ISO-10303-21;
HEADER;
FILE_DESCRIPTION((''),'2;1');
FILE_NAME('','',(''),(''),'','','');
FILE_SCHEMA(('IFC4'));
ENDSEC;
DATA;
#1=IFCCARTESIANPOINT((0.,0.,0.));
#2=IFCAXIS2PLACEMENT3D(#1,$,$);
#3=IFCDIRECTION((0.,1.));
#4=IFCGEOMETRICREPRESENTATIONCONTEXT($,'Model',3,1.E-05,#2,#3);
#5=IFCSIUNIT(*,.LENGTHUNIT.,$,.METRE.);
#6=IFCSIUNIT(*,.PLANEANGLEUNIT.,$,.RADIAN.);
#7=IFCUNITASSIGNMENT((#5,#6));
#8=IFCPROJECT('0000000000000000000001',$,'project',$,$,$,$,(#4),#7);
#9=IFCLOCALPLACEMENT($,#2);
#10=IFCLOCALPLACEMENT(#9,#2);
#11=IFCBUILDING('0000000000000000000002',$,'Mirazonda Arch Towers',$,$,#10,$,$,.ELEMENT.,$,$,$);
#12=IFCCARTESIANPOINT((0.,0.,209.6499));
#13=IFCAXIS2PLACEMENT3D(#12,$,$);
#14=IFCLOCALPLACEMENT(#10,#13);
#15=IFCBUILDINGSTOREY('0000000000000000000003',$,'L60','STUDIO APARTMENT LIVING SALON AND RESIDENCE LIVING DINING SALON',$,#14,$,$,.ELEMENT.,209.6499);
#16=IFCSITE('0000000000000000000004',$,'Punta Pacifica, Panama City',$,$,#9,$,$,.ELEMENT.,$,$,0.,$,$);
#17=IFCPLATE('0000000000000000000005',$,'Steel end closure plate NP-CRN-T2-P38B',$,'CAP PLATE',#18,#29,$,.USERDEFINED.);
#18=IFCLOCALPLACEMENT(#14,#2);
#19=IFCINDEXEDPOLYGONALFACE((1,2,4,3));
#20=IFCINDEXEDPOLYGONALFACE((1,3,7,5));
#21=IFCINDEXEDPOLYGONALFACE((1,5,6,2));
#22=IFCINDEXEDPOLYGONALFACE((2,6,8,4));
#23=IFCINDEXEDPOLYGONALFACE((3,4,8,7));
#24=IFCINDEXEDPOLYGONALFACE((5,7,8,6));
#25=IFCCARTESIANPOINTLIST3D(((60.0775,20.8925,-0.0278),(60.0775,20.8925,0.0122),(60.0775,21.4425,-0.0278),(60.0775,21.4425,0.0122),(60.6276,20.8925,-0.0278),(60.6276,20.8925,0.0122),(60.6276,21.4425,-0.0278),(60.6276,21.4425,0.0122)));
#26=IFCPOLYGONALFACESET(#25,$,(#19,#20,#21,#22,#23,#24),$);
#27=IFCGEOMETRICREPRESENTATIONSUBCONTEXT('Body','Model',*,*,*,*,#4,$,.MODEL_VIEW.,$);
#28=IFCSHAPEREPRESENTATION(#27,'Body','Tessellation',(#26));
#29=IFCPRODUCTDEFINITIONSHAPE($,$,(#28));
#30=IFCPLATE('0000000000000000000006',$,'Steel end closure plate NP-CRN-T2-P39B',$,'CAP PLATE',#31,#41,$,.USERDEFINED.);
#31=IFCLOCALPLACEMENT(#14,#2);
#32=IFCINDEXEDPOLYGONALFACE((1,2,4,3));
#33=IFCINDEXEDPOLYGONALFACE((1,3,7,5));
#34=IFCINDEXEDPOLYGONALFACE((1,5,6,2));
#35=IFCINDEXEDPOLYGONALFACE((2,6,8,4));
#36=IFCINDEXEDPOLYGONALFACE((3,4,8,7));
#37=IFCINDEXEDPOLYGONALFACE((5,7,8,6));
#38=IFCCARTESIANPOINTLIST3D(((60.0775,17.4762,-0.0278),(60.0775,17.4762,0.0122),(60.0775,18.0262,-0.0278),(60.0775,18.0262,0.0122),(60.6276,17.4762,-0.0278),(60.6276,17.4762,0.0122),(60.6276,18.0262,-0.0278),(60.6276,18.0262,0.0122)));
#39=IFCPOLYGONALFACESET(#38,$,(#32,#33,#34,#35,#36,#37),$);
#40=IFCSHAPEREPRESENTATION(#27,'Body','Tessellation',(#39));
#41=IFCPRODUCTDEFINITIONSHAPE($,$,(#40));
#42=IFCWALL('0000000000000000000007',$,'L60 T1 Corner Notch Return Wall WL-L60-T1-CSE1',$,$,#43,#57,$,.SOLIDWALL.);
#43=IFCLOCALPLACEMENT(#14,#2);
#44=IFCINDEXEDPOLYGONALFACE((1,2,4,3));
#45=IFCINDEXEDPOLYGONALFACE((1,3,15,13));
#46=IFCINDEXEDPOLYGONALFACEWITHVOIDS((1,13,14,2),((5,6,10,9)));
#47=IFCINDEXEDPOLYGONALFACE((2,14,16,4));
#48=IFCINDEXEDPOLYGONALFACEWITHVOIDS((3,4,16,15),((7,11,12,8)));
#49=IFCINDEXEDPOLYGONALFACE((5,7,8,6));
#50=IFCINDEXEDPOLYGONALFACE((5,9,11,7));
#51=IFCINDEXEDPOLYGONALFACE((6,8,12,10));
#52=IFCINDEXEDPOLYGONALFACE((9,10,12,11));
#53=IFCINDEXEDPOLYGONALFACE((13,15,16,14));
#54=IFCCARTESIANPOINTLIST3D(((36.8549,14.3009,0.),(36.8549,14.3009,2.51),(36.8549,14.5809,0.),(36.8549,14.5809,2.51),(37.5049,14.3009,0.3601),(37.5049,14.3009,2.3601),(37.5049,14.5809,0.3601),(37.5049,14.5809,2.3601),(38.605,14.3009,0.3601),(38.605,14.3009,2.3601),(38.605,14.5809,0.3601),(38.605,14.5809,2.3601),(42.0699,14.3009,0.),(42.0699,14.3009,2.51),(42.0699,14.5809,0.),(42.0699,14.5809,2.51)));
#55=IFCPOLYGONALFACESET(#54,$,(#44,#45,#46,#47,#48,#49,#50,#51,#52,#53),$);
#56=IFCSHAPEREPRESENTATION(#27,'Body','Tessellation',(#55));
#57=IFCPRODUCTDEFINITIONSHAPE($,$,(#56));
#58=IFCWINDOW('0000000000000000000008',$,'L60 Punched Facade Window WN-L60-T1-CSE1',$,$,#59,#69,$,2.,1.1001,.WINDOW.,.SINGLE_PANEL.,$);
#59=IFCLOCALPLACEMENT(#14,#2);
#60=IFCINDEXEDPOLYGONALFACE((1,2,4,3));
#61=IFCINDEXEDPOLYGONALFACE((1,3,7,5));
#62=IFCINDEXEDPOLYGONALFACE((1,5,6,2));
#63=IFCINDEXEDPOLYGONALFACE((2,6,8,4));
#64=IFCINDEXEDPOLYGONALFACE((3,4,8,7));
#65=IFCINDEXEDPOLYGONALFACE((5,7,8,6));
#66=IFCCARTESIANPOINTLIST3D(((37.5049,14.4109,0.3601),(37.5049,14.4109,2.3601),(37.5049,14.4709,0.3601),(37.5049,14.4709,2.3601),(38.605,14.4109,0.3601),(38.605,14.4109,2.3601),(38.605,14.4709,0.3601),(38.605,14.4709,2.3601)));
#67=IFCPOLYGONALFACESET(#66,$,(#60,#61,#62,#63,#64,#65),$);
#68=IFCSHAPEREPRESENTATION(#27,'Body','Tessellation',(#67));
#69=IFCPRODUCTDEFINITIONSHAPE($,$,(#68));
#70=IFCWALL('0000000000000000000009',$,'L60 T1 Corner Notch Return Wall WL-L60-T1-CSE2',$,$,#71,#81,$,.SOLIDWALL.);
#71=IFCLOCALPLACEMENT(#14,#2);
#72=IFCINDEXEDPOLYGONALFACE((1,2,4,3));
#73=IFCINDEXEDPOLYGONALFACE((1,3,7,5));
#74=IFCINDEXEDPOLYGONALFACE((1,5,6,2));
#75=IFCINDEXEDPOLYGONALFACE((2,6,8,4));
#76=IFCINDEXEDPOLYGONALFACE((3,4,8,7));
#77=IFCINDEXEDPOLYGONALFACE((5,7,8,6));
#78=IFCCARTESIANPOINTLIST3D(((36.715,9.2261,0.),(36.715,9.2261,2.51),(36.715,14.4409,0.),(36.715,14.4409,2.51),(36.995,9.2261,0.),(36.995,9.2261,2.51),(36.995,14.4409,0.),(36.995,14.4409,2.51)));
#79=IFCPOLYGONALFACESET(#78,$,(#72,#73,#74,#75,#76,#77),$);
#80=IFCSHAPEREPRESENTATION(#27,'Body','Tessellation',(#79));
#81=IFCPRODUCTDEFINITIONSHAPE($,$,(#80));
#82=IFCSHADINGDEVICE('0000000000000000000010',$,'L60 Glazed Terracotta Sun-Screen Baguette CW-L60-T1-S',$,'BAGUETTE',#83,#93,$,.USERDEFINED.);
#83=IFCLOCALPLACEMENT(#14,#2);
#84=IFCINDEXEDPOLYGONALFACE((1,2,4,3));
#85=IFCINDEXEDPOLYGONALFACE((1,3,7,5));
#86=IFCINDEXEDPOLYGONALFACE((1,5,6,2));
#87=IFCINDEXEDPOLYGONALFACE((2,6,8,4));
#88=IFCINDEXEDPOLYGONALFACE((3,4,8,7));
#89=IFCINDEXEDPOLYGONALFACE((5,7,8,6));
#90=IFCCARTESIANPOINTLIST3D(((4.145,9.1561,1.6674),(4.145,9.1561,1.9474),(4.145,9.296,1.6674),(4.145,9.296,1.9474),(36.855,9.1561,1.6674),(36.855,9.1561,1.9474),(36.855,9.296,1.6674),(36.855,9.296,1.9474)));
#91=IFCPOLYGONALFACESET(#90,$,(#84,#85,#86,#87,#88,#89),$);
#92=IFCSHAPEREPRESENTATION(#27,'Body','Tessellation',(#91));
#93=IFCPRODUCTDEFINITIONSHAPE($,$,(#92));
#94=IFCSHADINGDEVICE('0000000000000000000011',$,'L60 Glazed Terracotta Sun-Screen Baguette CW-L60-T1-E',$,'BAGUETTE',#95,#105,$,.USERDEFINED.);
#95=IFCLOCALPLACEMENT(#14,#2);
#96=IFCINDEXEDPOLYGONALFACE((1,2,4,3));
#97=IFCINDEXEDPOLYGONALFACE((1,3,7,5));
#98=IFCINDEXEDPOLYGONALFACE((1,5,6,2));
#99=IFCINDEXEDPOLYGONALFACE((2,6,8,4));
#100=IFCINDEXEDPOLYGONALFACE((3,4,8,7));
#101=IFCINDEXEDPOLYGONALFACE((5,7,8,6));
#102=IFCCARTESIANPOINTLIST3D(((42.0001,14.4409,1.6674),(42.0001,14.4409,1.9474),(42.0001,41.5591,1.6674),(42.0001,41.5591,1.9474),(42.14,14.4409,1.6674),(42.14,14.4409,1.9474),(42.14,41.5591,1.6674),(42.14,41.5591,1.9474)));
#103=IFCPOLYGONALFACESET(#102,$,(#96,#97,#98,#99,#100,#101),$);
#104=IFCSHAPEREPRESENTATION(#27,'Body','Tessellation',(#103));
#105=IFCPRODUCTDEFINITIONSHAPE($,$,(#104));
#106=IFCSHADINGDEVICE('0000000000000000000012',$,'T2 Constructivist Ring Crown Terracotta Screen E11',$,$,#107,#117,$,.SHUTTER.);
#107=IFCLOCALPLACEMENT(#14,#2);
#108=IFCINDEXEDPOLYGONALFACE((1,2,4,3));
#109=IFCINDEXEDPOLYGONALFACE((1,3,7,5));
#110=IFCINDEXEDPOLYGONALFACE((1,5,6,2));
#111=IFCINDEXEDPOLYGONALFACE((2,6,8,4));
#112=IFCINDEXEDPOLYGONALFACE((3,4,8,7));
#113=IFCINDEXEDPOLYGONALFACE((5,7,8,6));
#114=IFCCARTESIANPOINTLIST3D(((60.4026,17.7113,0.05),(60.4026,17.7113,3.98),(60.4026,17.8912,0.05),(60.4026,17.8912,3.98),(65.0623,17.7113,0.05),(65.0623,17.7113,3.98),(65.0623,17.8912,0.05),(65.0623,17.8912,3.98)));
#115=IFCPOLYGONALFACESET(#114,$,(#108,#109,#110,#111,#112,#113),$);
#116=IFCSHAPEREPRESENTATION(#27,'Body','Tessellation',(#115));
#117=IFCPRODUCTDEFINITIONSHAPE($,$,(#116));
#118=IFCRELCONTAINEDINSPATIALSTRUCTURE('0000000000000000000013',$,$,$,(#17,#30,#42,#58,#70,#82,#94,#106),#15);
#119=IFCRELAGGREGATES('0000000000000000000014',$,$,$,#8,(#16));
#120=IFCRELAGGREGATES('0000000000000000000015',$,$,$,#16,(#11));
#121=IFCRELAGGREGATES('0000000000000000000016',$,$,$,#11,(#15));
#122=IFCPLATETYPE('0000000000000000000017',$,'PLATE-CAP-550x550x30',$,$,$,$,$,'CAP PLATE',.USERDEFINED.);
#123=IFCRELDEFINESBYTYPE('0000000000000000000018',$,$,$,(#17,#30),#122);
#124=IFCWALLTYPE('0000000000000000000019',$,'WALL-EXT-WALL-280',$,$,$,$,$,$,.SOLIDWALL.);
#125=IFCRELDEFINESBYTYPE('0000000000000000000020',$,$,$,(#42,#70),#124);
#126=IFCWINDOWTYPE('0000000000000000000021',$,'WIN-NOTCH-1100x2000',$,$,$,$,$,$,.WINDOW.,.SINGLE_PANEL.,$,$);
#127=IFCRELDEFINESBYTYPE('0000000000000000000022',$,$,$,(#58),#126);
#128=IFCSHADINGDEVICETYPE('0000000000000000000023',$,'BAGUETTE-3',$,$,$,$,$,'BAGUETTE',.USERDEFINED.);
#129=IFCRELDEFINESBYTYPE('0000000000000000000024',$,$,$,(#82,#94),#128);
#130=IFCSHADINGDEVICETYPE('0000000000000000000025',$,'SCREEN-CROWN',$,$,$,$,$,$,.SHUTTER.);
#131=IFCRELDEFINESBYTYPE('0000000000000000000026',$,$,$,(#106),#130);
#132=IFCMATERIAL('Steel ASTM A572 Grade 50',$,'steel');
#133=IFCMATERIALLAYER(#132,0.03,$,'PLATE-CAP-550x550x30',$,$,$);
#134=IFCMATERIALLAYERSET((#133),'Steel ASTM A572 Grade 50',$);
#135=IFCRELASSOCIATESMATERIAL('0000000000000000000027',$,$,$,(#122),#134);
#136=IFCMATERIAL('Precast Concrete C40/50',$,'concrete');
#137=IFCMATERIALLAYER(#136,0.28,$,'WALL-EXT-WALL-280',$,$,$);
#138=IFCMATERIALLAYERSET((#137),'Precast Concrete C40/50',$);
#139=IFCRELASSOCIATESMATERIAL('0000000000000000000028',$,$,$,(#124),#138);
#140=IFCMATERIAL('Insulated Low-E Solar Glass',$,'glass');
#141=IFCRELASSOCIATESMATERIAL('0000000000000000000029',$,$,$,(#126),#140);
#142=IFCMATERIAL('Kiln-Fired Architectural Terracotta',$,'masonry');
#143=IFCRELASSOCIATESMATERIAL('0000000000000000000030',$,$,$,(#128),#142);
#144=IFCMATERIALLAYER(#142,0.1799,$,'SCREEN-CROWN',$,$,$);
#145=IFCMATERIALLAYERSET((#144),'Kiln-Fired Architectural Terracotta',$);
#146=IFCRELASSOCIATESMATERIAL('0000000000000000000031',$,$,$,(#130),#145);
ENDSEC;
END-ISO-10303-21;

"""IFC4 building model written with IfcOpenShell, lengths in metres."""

from ifc_helpers import new_model, si_unit, direction, frame, frame_2d, origin, origin_2d, place, context, subcontext, project, spatial, rectangle, extrude, material, layer, layer_set, material_profile, profile_set, type_object, element, fill, save


model = new_model("IFC4")

# Units and contexts
model_context = context("Model", 3, precision=1e-05, world=origin(), true_north=direction((0.0, 1.0)))
body_context = subcontext(model_context, "Body", "Model", "MODEL_VIEW")
ifc_project = project(units=[si_unit("LENGTHUNIT", "METRE"), si_unit("PLANEANGLEUNIT", "RADIAN")], contexts=[model_context])

# Site, building, storey
site_placement = place(None, origin())
site = spatial("IfcSite", under=ifc_project, at=site_placement, Name="Punta Pacifica, Panama City", CompositionType="ELEMENT", RefElevation=0.0)
building_placement = place(site_placement, origin())
building = spatial("IfcBuilding", under=site, at=building_placement, Name="Mirazonda Arch Towers", CompositionType="ELEMENT")
storey_placement = place(building_placement, frame((0.0, 0.0, 209.6499)))
storey = spatial("IfcBuildingStorey", under=building, at=storey_placement, Name="L60", Description="STUDIO APARTMENT LIVING SALON AND RESIDENCE LIVING DINING SALON", CompositionType="ELEMENT", Elevation=209.6499)

# Shared definitions
ifc_material_1 = material(Name="Steel ASTM A572 Grade 50", Category="steel")

# Shared definitions
ifc_material_2 = material(Name="Insulated Low-E Solar Glass", Category="glass")

# Plates
ifc_layer_1 = layer(ifc_material_1, 0.03, Name="PLATE-CAP-550x550x30")
ifc_layer_set_1 = layer_set([ifc_layer_1], Name="Steel ASTM A572 Grade 50")
plate_type_1 = type_object("IfcPlateType", Name="PLATE-CAP-550x550x30", ElementType="CAP PLATE", PredefinedType="USERDEFINED", material=ifc_layer_set_1)
for number, where, z_axis, x_axis, name in (
    (1, (60.3525, 21.1675, -0.0278), (0.0, 0.0, 1.0), (1.0, 0.0, 0.0), "Steel end closure plate NP-CRN-T2-P38B"),
    (2, (60.3525, 17.7512, -0.0278), (0.0, 0.0, 1.0), (1.0, 0.0, 0.0), "Steel end closure plate NP-CRN-T2-P39B"),
):
    element("IfcPlate", number, at=place(storey_placement, frame(where, z_axis=z_axis, x_axis=x_axis)), inside=storey, type_object=plate_type_1, Name=name, ObjectType="CAP PLATE", PredefinedType="USERDEFINED", context=body_context, shape_type="SweptSolid", body=[
        extrude(rectangle(XDim=0.55, YDim=0.55, at=origin_2d()), origin(), (0.0, 0.0, 1.0), 0.04),
    ])

# Wall, opening, window
ifc_material_3 = material(Name="Precast Concrete C40/50", Category="concrete")
ifc_layer_2 = layer(ifc_material_3, 0.28, Name="WALL-EXT-WALL-280")
ifc_layer_set_2 = layer_set([ifc_layer_2], Name="Precast Concrete C40/50")
wall_type = type_object("IfcWallType", Name="WALL-EXT-WALL-280", PredefinedType="SOLIDWALL", material=ifc_layer_set_2)
wall_1_placement = place(storey_placement, frame((36.855, 14.4409, 0.0), z_axis=(0.0, 0.0, 1.0), x_axis=(1.0, 0.0, 0.0)))
wall_1 = element("IfcWall", 3, at=wall_1_placement, inside=storey, type_object=wall_type, Name="L60 T1 Corner Notch Return Wall WL-L60-T1-CSE1", PredefinedType="SOLIDWALL", context=body_context, shape_type="SweptSolid", body=[
    extrude(rectangle(XDim=5.2151, YDim=0.28, at=frame_2d((2.6074, 0.0))), origin(), (0.0, 0.0, 1.0), 2.51),
])
opening_placement = place(wall_1_placement, frame((0.6499, 0.0, 0.3601)))
opening = element("IfcOpeningElement", 4, at=opening_placement, cuts=wall_1, PredefinedType="OPENING", context=body_context, shape_type="SweptSolid", body=[
    extrude(rectangle(XDim=1.1001, YDim=2.0, at=frame_2d((0.55, 1.0))), frame((0.0, 0.1499, 0.0), z_axis=(0.0, -1.0, 0.0), x_axis=(1.0, 0.0, 0.0)), (0.0, 0.0, 1.0), 0.3),
])
window_type = type_object("IfcWindowType", Name="WIN-NOTCH-1100x2000", PartitioningType="SINGLE_PANEL", PredefinedType="WINDOW", material=ifc_material_2)
window_placement = place(opening_placement, origin())
window = element("IfcWindow", 5, at=window_placement, inside=storey, type_object=window_type, Name="L60 Punched Facade Window WN-L60-T1-CSE1", OverallHeight=2.0, OverallWidth=1.1001, PartitioningType="SINGLE_PANEL", PredefinedType="WINDOW", context=body_context, shape_type="SweptSolid", body=[
    extrude(rectangle(XDim=1.1001, YDim=2.0, at=frame_2d((0.55, 1.0))), frame((0.0, 0.03, 0.0), z_axis=(0.0, -1.0, 0.0), x_axis=(1.0, 0.0, 0.0)), (0.0, 0.0, 1.0), 0.0601),
])
fill(opening, window)

# Wall
wall_2_placement = place(storey_placement, frame((36.855, 9.2261, 0.0), z_axis=(0.0, 0.0, 1.0), x_axis=(0.0, 1.0, 0.0)))
element("IfcWall", 6, at=wall_2_placement, inside=storey, type_object=wall_type, Name="L60 T1 Corner Notch Return Wall WL-L60-T1-CSE2", PredefinedType="SOLIDWALL", context=body_context, shape_type="SweptSolid", body=[
    extrude(rectangle(XDim=5.2148, YDim=0.28, at=frame_2d((2.6074, 0.0))), origin(), (0.0, 0.0, 1.0), 2.51),
])

# Shading devices
ifc_material_4 = material(Name="Kiln-Fired Architectural Terracotta", Category="masonry")
ifc_material_profile_1 = material_profile(ifc_material_4, rectangle(XDim=0.1399, YDim=0.28, at=origin_2d()), Name="TERRA-BAG-140x280")
ifc_profile_set_1 = profile_set([ifc_material_profile_1], Name="Kiln-Fired Architectural Terracotta")
shading_device_type_1 = type_object("IfcShadingDeviceType", Name="BAGUETTE-3", ElementType="BAGUETTE", PredefinedType="USERDEFINED", material=ifc_profile_set_1)
shading_device_1_placement = place(storey_placement, frame((36.855, 9.2261, 1.8074), z_axis=(-1.0, 0.0, 0.0), x_axis=(0.0, -1.0, 0.0)))
element("IfcShadingDevice", 7, at=shading_device_1_placement, inside=storey, type_object=shading_device_type_1, Name="L60 Glazed Terracotta Sun-Screen Baguette CW-L60-T1-S", ObjectType="BAGUETTE", PredefinedType="USERDEFINED", context=body_context, shape_type="SweptSolid", body=[
    extrude(rectangle(XDim=0.1399, YDim=0.28, at=origin_2d()), origin(), (0.0, 0.0, 1.0), 32.71),
])
shading_device_2_placement = place(storey_placement, frame((42.0701, 14.4409, 1.8074), z_axis=(0.0, 1.0, 0.0), x_axis=(-1.0, 0.0, 0.0)))
element("IfcShadingDevice", 8, at=shading_device_2_placement, inside=storey, type_object=shading_device_type_1, Name="L60 Glazed Terracotta Sun-Screen Baguette CW-L60-T1-E", ObjectType="BAGUETTE", PredefinedType="USERDEFINED", context=body_context, shape_type="SweptSolid", body=[
    extrude(rectangle(XDim=0.1399, YDim=0.28, at=origin_2d()), origin(), (0.0, 0.0, 1.0), 27.1182),
])
ifc_layer_3 = layer(ifc_material_4, 0.1799, Name="SCREEN-CROWN")
ifc_layer_set_3 = layer_set([ifc_layer_3], Name="Kiln-Fired Architectural Terracotta")
shading_device_type_2 = type_object("IfcShadingDeviceType", Name="SCREEN-CROWN", PredefinedType="SHUTTER", material=ifc_layer_set_3)
shading_device_3_placement = place(storey_placement, frame((60.4026, 17.8013, 0.05), z_axis=(0.0, 0.0, 1.0), x_axis=(1.0, 0.0, 0.0)))
element("IfcShadingDevice", 9, at=shading_device_3_placement, inside=storey, type_object=shading_device_type_2, Name="T2 Constructivist Ring Crown Terracotta Screen E11", PredefinedType="SHUTTER", context=body_context, shape_type="SweptSolid", body=[
    extrude(rectangle(XDim=4.6597, YDim=0.1799, at=frame_2d((2.3298, 0.0))), origin(), (0.0, 0.0, 1.0), 3.9299),
])

save(model, "model.ifc")
